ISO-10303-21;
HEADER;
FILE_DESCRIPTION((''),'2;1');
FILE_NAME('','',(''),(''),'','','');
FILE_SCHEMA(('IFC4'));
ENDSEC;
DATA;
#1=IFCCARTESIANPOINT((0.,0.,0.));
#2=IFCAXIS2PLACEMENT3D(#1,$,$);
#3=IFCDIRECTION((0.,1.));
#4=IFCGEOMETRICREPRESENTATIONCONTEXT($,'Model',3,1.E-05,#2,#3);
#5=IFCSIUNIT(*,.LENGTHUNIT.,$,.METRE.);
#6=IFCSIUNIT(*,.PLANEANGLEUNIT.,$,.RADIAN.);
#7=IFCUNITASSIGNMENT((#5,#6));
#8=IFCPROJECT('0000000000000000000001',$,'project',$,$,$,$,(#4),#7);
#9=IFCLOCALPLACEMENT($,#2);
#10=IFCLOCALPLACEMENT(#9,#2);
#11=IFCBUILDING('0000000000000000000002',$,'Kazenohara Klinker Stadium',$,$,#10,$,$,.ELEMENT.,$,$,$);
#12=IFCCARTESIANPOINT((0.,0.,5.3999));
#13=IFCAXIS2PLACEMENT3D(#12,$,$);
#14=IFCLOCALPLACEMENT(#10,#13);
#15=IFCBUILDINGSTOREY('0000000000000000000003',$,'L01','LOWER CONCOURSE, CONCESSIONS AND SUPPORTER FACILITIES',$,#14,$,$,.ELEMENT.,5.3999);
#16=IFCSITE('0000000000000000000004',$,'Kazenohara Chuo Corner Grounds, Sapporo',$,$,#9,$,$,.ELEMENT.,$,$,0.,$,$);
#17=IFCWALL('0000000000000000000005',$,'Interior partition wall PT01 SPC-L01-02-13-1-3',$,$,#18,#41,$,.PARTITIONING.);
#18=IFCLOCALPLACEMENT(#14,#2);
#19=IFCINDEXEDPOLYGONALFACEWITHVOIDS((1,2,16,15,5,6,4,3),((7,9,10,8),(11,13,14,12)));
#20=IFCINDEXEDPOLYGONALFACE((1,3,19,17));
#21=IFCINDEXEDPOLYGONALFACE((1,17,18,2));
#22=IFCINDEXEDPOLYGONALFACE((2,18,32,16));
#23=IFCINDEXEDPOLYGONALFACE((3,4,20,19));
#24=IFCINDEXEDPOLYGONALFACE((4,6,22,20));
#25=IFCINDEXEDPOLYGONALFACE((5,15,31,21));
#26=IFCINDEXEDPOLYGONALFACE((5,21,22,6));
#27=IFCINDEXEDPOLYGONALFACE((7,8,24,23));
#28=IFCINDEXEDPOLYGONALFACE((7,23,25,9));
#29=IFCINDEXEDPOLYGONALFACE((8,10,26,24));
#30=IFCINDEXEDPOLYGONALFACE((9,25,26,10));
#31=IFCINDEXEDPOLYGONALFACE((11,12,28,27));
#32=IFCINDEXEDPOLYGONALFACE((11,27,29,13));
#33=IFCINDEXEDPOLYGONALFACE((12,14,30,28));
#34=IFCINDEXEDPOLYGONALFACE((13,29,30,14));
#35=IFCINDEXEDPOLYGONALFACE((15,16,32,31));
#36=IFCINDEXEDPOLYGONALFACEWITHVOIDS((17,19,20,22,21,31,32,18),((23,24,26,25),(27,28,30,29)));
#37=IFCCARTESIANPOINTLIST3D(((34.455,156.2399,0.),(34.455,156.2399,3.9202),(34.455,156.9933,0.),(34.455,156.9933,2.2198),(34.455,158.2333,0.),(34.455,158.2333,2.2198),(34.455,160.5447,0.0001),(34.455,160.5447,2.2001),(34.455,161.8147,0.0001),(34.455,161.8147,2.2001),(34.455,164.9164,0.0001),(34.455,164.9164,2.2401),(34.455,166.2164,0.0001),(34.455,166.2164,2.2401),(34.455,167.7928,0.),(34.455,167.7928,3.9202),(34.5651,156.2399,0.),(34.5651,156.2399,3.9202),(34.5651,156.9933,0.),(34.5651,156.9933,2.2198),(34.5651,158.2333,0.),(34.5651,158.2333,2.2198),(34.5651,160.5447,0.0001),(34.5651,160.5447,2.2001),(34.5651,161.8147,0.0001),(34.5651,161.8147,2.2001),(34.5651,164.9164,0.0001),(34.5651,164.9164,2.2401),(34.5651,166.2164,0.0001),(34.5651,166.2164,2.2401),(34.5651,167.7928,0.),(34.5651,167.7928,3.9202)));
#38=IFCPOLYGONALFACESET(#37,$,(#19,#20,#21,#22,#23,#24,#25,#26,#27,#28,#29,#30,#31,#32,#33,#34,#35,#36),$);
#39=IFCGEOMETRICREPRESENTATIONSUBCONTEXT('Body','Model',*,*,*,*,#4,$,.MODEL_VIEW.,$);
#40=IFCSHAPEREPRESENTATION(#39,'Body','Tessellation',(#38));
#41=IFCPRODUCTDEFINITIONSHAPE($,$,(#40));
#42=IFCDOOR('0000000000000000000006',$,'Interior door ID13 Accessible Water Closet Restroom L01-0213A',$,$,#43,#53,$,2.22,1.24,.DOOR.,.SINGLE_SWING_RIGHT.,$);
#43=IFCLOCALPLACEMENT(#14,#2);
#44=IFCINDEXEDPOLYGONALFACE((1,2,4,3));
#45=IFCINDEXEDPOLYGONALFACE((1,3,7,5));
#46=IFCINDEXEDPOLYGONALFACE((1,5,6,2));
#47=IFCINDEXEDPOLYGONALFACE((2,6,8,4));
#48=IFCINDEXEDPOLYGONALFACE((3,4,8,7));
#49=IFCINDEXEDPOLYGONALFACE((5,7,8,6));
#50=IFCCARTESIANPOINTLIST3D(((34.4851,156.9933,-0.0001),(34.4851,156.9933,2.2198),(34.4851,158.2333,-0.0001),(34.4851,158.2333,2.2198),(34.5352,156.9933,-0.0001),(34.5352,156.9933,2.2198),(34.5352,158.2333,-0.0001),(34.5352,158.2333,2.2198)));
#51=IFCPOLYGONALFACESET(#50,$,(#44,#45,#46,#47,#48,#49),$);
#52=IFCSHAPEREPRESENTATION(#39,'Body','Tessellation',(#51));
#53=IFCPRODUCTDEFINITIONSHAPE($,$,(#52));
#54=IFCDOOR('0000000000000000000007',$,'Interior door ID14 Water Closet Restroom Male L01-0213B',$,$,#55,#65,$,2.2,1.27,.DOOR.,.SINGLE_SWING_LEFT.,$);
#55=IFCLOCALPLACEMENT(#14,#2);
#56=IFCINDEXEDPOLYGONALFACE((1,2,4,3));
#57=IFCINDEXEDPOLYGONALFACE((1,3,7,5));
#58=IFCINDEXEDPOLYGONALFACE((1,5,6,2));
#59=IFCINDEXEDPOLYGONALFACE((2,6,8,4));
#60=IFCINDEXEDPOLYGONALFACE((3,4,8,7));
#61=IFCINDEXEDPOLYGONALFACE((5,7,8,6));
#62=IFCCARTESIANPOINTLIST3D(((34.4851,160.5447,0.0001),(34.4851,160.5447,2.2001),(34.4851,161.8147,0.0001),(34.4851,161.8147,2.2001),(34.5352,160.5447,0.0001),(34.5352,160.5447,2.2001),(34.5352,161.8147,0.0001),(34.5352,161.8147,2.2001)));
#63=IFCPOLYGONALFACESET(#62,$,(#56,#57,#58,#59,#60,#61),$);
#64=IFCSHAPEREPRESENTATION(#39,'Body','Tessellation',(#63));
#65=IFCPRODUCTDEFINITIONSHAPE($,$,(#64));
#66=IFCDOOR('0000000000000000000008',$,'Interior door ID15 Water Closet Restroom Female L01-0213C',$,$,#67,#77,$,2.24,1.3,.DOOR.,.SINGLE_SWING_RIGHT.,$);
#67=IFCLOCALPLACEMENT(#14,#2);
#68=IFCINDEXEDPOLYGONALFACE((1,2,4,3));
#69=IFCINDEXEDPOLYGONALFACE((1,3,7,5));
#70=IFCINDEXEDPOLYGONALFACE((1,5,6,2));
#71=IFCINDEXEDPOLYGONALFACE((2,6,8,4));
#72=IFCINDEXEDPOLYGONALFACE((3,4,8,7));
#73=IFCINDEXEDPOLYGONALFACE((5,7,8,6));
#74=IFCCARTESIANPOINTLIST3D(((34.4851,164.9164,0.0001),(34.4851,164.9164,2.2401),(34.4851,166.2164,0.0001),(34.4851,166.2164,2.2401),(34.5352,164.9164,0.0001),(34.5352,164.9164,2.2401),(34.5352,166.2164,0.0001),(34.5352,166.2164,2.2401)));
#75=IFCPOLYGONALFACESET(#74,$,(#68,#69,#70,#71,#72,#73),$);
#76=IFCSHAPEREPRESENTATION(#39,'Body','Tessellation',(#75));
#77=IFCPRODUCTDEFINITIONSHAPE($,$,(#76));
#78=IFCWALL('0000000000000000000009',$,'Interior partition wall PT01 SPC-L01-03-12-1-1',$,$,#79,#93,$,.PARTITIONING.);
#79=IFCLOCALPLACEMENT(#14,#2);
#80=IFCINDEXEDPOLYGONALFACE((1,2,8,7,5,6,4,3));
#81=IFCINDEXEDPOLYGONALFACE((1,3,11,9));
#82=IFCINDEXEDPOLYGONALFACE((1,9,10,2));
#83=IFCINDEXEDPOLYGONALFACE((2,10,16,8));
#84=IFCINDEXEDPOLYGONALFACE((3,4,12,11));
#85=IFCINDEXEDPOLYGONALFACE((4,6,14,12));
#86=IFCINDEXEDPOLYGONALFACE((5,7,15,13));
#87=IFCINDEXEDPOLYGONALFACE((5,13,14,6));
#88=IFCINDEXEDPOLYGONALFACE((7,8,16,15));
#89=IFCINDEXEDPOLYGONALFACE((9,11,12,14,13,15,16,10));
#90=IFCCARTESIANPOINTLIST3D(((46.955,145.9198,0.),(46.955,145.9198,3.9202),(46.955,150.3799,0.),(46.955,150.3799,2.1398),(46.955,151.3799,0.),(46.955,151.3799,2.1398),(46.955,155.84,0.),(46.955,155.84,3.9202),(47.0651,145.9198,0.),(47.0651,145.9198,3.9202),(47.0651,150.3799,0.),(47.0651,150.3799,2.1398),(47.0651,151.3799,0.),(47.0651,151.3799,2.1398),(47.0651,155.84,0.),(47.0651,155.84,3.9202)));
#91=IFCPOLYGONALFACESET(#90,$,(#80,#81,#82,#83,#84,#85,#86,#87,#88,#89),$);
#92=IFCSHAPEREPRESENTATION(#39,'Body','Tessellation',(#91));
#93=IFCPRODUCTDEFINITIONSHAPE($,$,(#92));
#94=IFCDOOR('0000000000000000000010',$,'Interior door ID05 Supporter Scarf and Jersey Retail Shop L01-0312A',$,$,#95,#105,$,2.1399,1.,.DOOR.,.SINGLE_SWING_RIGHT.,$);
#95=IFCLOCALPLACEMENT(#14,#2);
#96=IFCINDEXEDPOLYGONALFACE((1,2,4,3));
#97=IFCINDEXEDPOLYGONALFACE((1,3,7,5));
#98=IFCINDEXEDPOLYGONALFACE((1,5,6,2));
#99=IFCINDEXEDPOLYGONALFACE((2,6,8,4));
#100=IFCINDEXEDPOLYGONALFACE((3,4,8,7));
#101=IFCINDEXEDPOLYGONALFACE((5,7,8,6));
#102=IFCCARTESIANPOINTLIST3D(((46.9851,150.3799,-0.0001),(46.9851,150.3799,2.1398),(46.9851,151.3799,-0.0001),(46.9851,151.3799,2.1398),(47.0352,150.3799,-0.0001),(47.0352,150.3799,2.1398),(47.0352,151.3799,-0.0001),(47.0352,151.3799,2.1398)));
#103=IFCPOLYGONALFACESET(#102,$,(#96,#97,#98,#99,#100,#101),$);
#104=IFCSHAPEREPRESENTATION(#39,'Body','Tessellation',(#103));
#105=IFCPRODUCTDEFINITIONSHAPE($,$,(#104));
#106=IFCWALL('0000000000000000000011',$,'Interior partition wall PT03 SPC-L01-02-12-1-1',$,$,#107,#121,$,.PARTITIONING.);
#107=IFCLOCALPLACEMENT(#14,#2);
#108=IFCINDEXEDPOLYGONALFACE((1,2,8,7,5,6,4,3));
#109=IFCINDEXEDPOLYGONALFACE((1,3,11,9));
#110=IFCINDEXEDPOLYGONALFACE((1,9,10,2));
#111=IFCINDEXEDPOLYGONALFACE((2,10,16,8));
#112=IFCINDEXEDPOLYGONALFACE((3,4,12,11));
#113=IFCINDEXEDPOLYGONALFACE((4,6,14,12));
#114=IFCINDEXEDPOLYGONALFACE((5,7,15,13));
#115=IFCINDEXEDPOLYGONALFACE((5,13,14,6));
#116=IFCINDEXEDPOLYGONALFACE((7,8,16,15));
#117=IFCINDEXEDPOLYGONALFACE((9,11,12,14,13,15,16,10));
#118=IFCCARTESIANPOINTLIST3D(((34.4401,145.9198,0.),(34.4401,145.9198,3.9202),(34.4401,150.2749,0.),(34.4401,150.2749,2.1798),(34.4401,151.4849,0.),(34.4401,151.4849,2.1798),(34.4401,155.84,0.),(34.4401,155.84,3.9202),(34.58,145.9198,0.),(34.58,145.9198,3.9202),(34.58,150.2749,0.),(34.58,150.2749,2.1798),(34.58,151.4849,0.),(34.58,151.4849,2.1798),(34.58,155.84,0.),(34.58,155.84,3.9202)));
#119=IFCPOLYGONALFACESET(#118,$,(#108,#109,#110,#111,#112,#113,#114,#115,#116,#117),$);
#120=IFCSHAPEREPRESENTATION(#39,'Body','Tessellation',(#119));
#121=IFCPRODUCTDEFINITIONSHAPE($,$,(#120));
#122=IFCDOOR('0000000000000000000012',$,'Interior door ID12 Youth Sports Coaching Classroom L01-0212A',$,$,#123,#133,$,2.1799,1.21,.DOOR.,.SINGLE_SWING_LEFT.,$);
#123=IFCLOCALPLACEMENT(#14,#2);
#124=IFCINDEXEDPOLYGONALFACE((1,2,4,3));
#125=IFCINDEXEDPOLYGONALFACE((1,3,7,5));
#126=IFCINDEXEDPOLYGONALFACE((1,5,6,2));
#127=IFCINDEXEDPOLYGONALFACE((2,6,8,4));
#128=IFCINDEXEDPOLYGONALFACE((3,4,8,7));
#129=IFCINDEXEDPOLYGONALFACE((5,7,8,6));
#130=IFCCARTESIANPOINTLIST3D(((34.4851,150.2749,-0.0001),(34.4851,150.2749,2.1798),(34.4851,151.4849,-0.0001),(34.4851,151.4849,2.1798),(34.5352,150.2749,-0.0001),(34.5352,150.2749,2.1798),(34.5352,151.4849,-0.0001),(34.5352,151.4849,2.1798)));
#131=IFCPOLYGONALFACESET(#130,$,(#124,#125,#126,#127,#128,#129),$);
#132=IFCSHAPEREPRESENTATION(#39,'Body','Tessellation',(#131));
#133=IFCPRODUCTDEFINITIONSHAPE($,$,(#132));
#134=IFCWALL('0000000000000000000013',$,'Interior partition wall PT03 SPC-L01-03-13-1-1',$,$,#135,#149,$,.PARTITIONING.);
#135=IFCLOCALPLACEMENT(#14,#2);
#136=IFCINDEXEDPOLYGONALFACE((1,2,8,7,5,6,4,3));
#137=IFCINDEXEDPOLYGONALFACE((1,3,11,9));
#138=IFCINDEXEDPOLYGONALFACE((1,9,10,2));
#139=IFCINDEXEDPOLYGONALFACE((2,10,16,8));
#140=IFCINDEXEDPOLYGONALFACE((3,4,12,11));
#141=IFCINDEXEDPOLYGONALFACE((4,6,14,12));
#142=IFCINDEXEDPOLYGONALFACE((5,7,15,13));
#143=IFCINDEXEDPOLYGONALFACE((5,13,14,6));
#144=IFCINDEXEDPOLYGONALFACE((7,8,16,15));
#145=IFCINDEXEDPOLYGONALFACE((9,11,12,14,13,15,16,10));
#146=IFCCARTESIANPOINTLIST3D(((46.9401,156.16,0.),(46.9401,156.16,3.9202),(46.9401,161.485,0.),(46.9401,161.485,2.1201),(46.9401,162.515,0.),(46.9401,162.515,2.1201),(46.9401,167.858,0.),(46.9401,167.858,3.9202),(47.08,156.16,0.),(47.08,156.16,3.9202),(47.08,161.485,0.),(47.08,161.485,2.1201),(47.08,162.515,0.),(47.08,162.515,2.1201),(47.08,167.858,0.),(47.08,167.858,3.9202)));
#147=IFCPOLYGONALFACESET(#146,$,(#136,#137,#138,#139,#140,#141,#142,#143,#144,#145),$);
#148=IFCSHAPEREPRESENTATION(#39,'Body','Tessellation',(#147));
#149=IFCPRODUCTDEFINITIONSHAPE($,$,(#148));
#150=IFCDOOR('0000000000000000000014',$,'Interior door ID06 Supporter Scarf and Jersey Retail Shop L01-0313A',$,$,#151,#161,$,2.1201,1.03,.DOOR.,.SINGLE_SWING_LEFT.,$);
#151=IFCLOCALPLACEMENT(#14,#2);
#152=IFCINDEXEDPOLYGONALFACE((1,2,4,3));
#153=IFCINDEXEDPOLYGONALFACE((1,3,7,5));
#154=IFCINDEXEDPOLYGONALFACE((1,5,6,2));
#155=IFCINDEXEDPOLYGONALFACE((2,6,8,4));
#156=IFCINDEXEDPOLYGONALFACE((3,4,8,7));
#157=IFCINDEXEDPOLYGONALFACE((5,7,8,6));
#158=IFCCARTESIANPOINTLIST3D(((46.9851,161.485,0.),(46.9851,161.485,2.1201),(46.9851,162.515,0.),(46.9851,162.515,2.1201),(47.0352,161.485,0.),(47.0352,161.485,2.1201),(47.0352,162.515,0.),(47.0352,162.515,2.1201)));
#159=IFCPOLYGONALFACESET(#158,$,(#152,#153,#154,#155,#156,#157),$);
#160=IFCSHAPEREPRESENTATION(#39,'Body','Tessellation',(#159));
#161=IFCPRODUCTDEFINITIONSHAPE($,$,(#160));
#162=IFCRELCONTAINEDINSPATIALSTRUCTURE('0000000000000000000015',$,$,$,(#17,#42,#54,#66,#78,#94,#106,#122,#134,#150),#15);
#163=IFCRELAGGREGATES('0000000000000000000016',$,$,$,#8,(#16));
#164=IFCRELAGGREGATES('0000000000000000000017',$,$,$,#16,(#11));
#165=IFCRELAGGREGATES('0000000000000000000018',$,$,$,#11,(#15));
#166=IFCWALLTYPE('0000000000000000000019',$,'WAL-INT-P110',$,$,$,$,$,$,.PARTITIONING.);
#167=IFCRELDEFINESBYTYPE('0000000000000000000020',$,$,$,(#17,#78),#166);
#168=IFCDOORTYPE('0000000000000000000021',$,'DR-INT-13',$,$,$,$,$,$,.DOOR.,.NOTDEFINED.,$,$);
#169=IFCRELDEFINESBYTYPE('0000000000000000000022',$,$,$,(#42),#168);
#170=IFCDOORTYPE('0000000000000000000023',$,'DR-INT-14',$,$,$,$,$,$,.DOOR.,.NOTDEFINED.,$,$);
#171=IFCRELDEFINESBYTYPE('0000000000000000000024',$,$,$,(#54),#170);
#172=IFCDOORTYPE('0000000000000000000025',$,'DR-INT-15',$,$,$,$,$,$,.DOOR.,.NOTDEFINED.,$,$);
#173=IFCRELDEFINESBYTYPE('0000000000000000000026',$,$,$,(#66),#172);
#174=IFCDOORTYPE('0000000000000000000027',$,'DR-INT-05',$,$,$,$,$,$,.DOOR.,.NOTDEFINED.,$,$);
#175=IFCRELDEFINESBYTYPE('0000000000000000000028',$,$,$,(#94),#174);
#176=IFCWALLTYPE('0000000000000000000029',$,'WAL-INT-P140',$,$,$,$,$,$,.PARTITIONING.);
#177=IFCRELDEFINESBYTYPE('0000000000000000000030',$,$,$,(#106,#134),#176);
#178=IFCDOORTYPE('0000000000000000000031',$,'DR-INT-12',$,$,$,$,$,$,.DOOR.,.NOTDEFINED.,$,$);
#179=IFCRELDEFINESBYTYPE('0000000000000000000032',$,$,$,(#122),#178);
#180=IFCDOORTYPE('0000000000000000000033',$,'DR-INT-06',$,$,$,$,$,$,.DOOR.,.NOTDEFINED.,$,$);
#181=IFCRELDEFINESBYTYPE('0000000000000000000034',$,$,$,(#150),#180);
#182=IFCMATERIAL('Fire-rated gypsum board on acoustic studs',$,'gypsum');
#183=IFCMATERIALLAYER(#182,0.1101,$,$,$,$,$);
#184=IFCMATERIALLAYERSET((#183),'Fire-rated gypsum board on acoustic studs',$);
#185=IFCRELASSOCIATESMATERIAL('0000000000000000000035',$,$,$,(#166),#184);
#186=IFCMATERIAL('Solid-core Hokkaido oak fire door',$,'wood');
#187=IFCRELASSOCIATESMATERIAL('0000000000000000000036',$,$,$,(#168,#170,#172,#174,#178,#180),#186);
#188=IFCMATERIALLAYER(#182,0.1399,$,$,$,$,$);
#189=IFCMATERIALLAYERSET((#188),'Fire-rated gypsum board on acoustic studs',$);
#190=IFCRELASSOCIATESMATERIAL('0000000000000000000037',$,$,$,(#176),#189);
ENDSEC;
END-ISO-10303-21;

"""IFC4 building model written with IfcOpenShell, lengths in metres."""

from ifc_helpers import new_model, si_unit, direction, frame, frame_2d, origin, place, context, subcontext, project, spatial, rectangle, extrude, material, layer, layer_set, type_object, element, fill, save


model = new_model("IFC4")

# Units and contexts
model_context = context("Model", 3, precision=1e-05, world=origin(), true_north=direction((0.0, 1.0)))
body_context = subcontext(model_context, "Body", "Model", "MODEL_VIEW")
ifc_project = project(units=[si_unit("LENGTHUNIT", "METRE"), si_unit("PLANEANGLEUNIT", "RADIAN")], contexts=[model_context])

# Site, building, storey
site_placement = place(None, origin())
site = spatial("IfcSite", under=ifc_project, at=site_placement, Name="Kazenohara Chuo Corner Grounds, Sapporo", CompositionType="ELEMENT", RefElevation=0.0)
building_placement = place(site_placement, origin())
building = spatial("IfcBuilding", under=site, at=building_placement, Name="Kazenohara Klinker Stadium", CompositionType="ELEMENT")
storey_placement = place(building_placement, frame((0.0, 0.0, 5.3999)))
storey = spatial("IfcBuildingStorey", under=building, at=storey_placement, Name="L01", Description="LOWER CONCOURSE, CONCESSIONS AND SUPPORTER FACILITIES", CompositionType="ELEMENT", Elevation=5.3999)

# Wall, openings, doors
ifc_material_1 = material(Name="Fire-rated gypsum board on acoustic studs", Category="gypsum")
ifc_layer_1 = layer(ifc_material_1, 0.1101)
ifc_layer_set_1 = layer_set([ifc_layer_1], Name="Fire-rated gypsum board on acoustic studs")
wall_type_1 = type_object("IfcWallType", Name="WAL-INT-P110", PredefinedType="PARTITIONING", material=ifc_layer_set_1)
wall_1_placement = place(storey_placement, frame((34.51, 156.24, 0.0), z_axis=(0.0, 0.0, 1.0), x_axis=(0.0, 1.0, 0.0)))
wall_1 = element("IfcWall", 1, at=wall_1_placement, inside=storey, type_object=wall_type_1, Name="Interior partition wall PT01 SPC-L01-02-13-1-3", PredefinedType="PARTITIONING", context=body_context, shape_type="SweptSolid", body=[
    extrude(rectangle(XDim=11.553, YDim=0.1101, at=frame_2d((5.7764, 0.0))), origin(), (0.0, 0.0, 1.0), 3.9202),
])
opening_1_placement = place(wall_1_placement, frame((0.7532, 0.0, 0.0)))
opening_1 = element("IfcOpeningElement", 2, at=opening_1_placement, cuts=wall_1, PredefinedType="OPENING", context=body_context, shape_type="SweptSolid", body=[
    extrude(rectangle(XDim=1.24, YDim=2.22, at=frame_2d((0.6201, 1.1099))), frame((0.0, 0.0649, 0.0), z_axis=(0.0, -1.0, 0.0), x_axis=(1.0, 0.0, 0.0)), (0.0, 0.0, 1.0), 0.1301),
])
opening_2_placement = place(wall_1_placement, frame((4.3047, 0.0, 0.0)))
opening_2 = element("IfcOpeningElement", 3, at=opening_2_placement, cuts=wall_1, PredefinedType="OPENING", context=body_context, shape_type="SweptSolid", body=[
    extrude(rectangle(XDim=1.27, YDim=2.2, at=frame_2d((0.635, 1.1001))), frame((0.0, 0.0649, 0.0), z_axis=(0.0, -1.0, 0.0), x_axis=(1.0, 0.0, 0.0)), (0.0, 0.0, 1.0), 0.1301),
])
opening_3_placement = place(wall_1_placement, frame((8.6765, 0.0, 0.0)))
opening_3 = element("IfcOpeningElement", 4, at=opening_3_placement, cuts=wall_1, PredefinedType="OPENING", context=body_context, shape_type="SweptSolid", body=[
    extrude(rectangle(XDim=1.3, YDim=2.24, at=frame_2d((0.6499, 1.1201))), frame((0.0, 0.0649, 0.0), z_axis=(0.0, -1.0, 0.0), x_axis=(1.0, 0.0, 0.0)), (0.0, 0.0, 1.0), 0.1301),
])
ifc_material_2 = material(Name="Solid-core Hokkaido oak fire door", Category="wood")
door_type_1 = type_object("IfcDoorType", Name="DR-INT-13", OperationType="NOTDEFINED", PredefinedType="DOOR", material=ifc_material_2)
door_1_placement = place(opening_1_placement, origin())
door_1 = element("IfcDoor", 5, at=door_1_placement, inside=storey, type_object=door_type_1, Name="Interior door ID13 Accessible Water Closet Restroom L01-0213A", OperationType="SINGLE_SWING_RIGHT", OverallHeight=2.22, OverallWidth=1.24, PredefinedType="DOOR", context=body_context, shape_type="SweptSolid", body=[
    extrude(rectangle(XDim=1.24, YDim=2.22, at=frame_2d((0.6201, 1.1099))), frame((0.0, 0.0249, 0.0), z_axis=(0.0, -1.0, 0.0), x_axis=(1.0, 0.0, 0.0)), (0.0, 0.0, 1.0), 0.05),
])
fill(opening_1, door_1)
door_type_2 = type_object("IfcDoorType", Name="DR-INT-14", OperationType="NOTDEFINED", PredefinedType="DOOR", material=ifc_material_2)
door_2_placement = place(opening_2_placement, origin())
door_2 = element("IfcDoor", 6, at=door_2_placement, inside=storey, type_object=door_type_2, Name="Interior door ID14 Water Closet Restroom Male L01-0213B", OperationType="SINGLE_SWING_LEFT", OverallHeight=2.2, OverallWidth=1.27, PredefinedType="DOOR", context=body_context, shape_type="SweptSolid", body=[
    extrude(rectangle(XDim=1.27, YDim=2.2, at=frame_2d((0.635, 1.1001))), frame((0.0, 0.0249, 0.0), z_axis=(0.0, -1.0, 0.0), x_axis=(1.0, 0.0, 0.0)), (0.0, 0.0, 1.0), 0.05),
])
fill(opening_2, door_2)
door_type_3 = type_object("IfcDoorType", Name="DR-INT-15", OperationType="NOTDEFINED", PredefinedType="DOOR", material=ifc_material_2)
door_3_placement = place(opening_3_placement, origin())
door_3 = element("IfcDoor", 7, at=door_3_placement, inside=storey, type_object=door_type_3, Name="Interior door ID15 Water Closet Restroom Female L01-0213C", OperationType="SINGLE_SWING_RIGHT", OverallHeight=2.24, OverallWidth=1.3, PredefinedType="DOOR", context=body_context, shape_type="SweptSolid", body=[
    extrude(rectangle(XDim=1.3, YDim=2.24, at=frame_2d((0.6499, 1.1201))), frame((0.0, 0.0249, 0.0), z_axis=(0.0, -1.0, 0.0), x_axis=(1.0, 0.0, 0.0)), (0.0, 0.0, 1.0), 0.05),
])
fill(opening_3, door_3)

# Walls, openings, doors
wall_2_placement = place(storey_placement, frame((47.01, 145.9199, 0.0), z_axis=(0.0, 0.0, 1.0), x_axis=(0.0, 1.0, 0.0)))
wall_2 = element("IfcWall", 8, at=wall_2_placement, inside=storey, type_object=wall_type_1, Name="Interior partition wall PT01 SPC-L01-03-12-1-1", PredefinedType="PARTITIONING", context=body_context, shape_type="SweptSolid", body=[
    extrude(rectangle(XDim=9.9202, YDim=0.1101, at=frame_2d((4.96, 0.0))), origin(), (0.0, 0.0, 1.0), 3.9202),
])
opening_4_placement = place(wall_2_placement, frame((4.46, 0.0, 0.0)))
opening_4 = element("IfcOpeningElement", 9, at=opening_4_placement, cuts=wall_2, PredefinedType="OPENING", context=body_context, shape_type="SweptSolid", body=[
    extrude(rectangle(XDim=1.0, YDim=2.1399, at=frame_2d((0.5, 1.0698))), frame((0.0, 0.0649, 0.0), z_axis=(0.0, -1.0, 0.0), x_axis=(1.0, 0.0, 0.0)), (0.0, 0.0, 1.0), 0.1301),
])
door_type_4 = type_object("IfcDoorType", Name="DR-INT-05", OperationType="NOTDEFINED", PredefinedType="DOOR", material=ifc_material_2)
door_4_placement = place(opening_4_placement, origin())
door_4 = element("IfcDoor", 10, at=door_4_placement, inside=storey, type_object=door_type_4, Name="Interior door ID05 Supporter Scarf and Jersey Retail Shop L01-0312A", OperationType="SINGLE_SWING_RIGHT", OverallHeight=2.1399, OverallWidth=1.0, PredefinedType="DOOR", context=body_context, shape_type="SweptSolid", body=[
    extrude(rectangle(XDim=1.0, YDim=2.1399, at=frame_2d((0.5, 1.0698))), frame((0.0, 0.0249, 0.0), z_axis=(0.0, -1.0, 0.0), x_axis=(1.0, 0.0, 0.0)), (0.0, 0.0, 1.0), 0.05),
])
fill(opening_4, door_4)
ifc_layer_2 = layer(ifc_material_1, 0.1399)
ifc_layer_set_2 = layer_set([ifc_layer_2], Name="Fire-rated gypsum board on acoustic studs")
wall_type_2 = type_object("IfcWallType", Name="WAL-INT-P140", PredefinedType="PARTITIONING", material=ifc_layer_set_2)
wall_3_placement = place(storey_placement, frame((34.51, 145.9199, 0.0), z_axis=(0.0, 0.0, 1.0), x_axis=(0.0, 1.0, 0.0)))
wall_3 = element("IfcWall", 11, at=wall_3_placement, inside=storey, type_object=wall_type_2, Name="Interior partition wall PT03 SPC-L01-02-12-1-1", PredefinedType="PARTITIONING", context=body_context, shape_type="SweptSolid", body=[
    extrude(rectangle(XDim=9.9202, YDim=0.1399, at=frame_2d((4.96, 0.0))), origin(), (0.0, 0.0, 1.0), 3.9202),
])
opening_5_placement = place(wall_3_placement, frame((4.355, 0.0, 0.0)))
opening_5 = element("IfcOpeningElement", 12, at=opening_5_placement, cuts=wall_3, PredefinedType="OPENING", context=body_context, shape_type="SweptSolid", body=[
    extrude(rectangle(XDim=1.21, YDim=2.1799, at=frame_2d((0.605, 1.0898))), frame((0.0, 0.0801, 0.0), z_axis=(0.0, -1.0, 0.0), x_axis=(1.0, 0.0, 0.0)), (0.0, 0.0, 1.0), 0.1599),
])
door_type_5 = type_object("IfcDoorType", Name="DR-INT-12", OperationType="NOTDEFINED", PredefinedType="DOOR", material=ifc_material_2)
door_5_placement = place(opening_5_placement, origin())
door_5 = element("IfcDoor", 13, at=door_5_placement, inside=storey, type_object=door_type_5, Name="Interior door ID12 Youth Sports Coaching Classroom L01-0212A", OperationType="SINGLE_SWING_LEFT", OverallHeight=2.1799, OverallWidth=1.21, PredefinedType="DOOR", context=body_context, shape_type="SweptSolid", body=[
    extrude(rectangle(XDim=1.21, YDim=2.1799, at=frame_2d((0.605, 1.0898))), frame((0.0, 0.0249, 0.0), z_axis=(0.0, -1.0, 0.0), x_axis=(1.0, 0.0, 0.0)), (0.0, 0.0, 1.0), 0.05),
])
fill(opening_5, door_5)
wall_4_placement = place(storey_placement, frame((47.01, 156.1599, 0.0), z_axis=(0.0, 0.0, 1.0), x_axis=(0.0, 1.0, 0.0)))
wall_4 = element("IfcWall", 14, at=wall_4_placement, inside=storey, type_object=wall_type_2, Name="Interior partition wall PT03 SPC-L01-03-13-1-1", PredefinedType="PARTITIONING", context=body_context, shape_type="SweptSolid", body=[
    extrude(rectangle(XDim=11.698, YDim=0.1399, at=frame_2d((5.8491, 0.0))), origin(), (0.0, 0.0, 1.0), 3.9202),
])
opening_6_placement = place(wall_4_placement, frame((5.325, 0.0, 0.0)))
opening_6 = element("IfcOpeningElement", 15, at=opening_6_placement, cuts=wall_4, PredefinedType="OPENING", context=body_context, shape_type="SweptSolid", body=[
    extrude(rectangle(XDim=1.03, YDim=2.1201, at=frame_2d((0.5151, 1.0601))), frame((0.0, 0.0801, 0.0), z_axis=(0.0, -1.0, 0.0), x_axis=(1.0, 0.0, 0.0)), (0.0, 0.0, 1.0), 0.1599),
])
door_type_6 = type_object("IfcDoorType", Name="DR-INT-06", OperationType="NOTDEFINED", PredefinedType="DOOR", material=ifc_material_2)
door_6_placement = place(opening_6_placement, origin())
door_6 = element("IfcDoor", 16, at=door_6_placement, inside=storey, type_object=door_type_6, Name="Interior door ID06 Supporter Scarf and Jersey Retail Shop L01-0313A", OperationType="SINGLE_SWING_LEFT", OverallHeight=2.1201, OverallWidth=1.03, PredefinedType="DOOR", context=body_context, shape_type="SweptSolid", body=[
    extrude(rectangle(XDim=1.03, YDim=2.1201, at=frame_2d((0.5151, 1.0601))), frame((0.0, 0.0249, 0.0), z_axis=(0.0, -1.0, 0.0), x_axis=(1.0, 0.0, 0.0)), (0.0, 0.0, 1.0), 0.05),
])
fill(opening_6, door_6)

save(model, "model.ifc")
